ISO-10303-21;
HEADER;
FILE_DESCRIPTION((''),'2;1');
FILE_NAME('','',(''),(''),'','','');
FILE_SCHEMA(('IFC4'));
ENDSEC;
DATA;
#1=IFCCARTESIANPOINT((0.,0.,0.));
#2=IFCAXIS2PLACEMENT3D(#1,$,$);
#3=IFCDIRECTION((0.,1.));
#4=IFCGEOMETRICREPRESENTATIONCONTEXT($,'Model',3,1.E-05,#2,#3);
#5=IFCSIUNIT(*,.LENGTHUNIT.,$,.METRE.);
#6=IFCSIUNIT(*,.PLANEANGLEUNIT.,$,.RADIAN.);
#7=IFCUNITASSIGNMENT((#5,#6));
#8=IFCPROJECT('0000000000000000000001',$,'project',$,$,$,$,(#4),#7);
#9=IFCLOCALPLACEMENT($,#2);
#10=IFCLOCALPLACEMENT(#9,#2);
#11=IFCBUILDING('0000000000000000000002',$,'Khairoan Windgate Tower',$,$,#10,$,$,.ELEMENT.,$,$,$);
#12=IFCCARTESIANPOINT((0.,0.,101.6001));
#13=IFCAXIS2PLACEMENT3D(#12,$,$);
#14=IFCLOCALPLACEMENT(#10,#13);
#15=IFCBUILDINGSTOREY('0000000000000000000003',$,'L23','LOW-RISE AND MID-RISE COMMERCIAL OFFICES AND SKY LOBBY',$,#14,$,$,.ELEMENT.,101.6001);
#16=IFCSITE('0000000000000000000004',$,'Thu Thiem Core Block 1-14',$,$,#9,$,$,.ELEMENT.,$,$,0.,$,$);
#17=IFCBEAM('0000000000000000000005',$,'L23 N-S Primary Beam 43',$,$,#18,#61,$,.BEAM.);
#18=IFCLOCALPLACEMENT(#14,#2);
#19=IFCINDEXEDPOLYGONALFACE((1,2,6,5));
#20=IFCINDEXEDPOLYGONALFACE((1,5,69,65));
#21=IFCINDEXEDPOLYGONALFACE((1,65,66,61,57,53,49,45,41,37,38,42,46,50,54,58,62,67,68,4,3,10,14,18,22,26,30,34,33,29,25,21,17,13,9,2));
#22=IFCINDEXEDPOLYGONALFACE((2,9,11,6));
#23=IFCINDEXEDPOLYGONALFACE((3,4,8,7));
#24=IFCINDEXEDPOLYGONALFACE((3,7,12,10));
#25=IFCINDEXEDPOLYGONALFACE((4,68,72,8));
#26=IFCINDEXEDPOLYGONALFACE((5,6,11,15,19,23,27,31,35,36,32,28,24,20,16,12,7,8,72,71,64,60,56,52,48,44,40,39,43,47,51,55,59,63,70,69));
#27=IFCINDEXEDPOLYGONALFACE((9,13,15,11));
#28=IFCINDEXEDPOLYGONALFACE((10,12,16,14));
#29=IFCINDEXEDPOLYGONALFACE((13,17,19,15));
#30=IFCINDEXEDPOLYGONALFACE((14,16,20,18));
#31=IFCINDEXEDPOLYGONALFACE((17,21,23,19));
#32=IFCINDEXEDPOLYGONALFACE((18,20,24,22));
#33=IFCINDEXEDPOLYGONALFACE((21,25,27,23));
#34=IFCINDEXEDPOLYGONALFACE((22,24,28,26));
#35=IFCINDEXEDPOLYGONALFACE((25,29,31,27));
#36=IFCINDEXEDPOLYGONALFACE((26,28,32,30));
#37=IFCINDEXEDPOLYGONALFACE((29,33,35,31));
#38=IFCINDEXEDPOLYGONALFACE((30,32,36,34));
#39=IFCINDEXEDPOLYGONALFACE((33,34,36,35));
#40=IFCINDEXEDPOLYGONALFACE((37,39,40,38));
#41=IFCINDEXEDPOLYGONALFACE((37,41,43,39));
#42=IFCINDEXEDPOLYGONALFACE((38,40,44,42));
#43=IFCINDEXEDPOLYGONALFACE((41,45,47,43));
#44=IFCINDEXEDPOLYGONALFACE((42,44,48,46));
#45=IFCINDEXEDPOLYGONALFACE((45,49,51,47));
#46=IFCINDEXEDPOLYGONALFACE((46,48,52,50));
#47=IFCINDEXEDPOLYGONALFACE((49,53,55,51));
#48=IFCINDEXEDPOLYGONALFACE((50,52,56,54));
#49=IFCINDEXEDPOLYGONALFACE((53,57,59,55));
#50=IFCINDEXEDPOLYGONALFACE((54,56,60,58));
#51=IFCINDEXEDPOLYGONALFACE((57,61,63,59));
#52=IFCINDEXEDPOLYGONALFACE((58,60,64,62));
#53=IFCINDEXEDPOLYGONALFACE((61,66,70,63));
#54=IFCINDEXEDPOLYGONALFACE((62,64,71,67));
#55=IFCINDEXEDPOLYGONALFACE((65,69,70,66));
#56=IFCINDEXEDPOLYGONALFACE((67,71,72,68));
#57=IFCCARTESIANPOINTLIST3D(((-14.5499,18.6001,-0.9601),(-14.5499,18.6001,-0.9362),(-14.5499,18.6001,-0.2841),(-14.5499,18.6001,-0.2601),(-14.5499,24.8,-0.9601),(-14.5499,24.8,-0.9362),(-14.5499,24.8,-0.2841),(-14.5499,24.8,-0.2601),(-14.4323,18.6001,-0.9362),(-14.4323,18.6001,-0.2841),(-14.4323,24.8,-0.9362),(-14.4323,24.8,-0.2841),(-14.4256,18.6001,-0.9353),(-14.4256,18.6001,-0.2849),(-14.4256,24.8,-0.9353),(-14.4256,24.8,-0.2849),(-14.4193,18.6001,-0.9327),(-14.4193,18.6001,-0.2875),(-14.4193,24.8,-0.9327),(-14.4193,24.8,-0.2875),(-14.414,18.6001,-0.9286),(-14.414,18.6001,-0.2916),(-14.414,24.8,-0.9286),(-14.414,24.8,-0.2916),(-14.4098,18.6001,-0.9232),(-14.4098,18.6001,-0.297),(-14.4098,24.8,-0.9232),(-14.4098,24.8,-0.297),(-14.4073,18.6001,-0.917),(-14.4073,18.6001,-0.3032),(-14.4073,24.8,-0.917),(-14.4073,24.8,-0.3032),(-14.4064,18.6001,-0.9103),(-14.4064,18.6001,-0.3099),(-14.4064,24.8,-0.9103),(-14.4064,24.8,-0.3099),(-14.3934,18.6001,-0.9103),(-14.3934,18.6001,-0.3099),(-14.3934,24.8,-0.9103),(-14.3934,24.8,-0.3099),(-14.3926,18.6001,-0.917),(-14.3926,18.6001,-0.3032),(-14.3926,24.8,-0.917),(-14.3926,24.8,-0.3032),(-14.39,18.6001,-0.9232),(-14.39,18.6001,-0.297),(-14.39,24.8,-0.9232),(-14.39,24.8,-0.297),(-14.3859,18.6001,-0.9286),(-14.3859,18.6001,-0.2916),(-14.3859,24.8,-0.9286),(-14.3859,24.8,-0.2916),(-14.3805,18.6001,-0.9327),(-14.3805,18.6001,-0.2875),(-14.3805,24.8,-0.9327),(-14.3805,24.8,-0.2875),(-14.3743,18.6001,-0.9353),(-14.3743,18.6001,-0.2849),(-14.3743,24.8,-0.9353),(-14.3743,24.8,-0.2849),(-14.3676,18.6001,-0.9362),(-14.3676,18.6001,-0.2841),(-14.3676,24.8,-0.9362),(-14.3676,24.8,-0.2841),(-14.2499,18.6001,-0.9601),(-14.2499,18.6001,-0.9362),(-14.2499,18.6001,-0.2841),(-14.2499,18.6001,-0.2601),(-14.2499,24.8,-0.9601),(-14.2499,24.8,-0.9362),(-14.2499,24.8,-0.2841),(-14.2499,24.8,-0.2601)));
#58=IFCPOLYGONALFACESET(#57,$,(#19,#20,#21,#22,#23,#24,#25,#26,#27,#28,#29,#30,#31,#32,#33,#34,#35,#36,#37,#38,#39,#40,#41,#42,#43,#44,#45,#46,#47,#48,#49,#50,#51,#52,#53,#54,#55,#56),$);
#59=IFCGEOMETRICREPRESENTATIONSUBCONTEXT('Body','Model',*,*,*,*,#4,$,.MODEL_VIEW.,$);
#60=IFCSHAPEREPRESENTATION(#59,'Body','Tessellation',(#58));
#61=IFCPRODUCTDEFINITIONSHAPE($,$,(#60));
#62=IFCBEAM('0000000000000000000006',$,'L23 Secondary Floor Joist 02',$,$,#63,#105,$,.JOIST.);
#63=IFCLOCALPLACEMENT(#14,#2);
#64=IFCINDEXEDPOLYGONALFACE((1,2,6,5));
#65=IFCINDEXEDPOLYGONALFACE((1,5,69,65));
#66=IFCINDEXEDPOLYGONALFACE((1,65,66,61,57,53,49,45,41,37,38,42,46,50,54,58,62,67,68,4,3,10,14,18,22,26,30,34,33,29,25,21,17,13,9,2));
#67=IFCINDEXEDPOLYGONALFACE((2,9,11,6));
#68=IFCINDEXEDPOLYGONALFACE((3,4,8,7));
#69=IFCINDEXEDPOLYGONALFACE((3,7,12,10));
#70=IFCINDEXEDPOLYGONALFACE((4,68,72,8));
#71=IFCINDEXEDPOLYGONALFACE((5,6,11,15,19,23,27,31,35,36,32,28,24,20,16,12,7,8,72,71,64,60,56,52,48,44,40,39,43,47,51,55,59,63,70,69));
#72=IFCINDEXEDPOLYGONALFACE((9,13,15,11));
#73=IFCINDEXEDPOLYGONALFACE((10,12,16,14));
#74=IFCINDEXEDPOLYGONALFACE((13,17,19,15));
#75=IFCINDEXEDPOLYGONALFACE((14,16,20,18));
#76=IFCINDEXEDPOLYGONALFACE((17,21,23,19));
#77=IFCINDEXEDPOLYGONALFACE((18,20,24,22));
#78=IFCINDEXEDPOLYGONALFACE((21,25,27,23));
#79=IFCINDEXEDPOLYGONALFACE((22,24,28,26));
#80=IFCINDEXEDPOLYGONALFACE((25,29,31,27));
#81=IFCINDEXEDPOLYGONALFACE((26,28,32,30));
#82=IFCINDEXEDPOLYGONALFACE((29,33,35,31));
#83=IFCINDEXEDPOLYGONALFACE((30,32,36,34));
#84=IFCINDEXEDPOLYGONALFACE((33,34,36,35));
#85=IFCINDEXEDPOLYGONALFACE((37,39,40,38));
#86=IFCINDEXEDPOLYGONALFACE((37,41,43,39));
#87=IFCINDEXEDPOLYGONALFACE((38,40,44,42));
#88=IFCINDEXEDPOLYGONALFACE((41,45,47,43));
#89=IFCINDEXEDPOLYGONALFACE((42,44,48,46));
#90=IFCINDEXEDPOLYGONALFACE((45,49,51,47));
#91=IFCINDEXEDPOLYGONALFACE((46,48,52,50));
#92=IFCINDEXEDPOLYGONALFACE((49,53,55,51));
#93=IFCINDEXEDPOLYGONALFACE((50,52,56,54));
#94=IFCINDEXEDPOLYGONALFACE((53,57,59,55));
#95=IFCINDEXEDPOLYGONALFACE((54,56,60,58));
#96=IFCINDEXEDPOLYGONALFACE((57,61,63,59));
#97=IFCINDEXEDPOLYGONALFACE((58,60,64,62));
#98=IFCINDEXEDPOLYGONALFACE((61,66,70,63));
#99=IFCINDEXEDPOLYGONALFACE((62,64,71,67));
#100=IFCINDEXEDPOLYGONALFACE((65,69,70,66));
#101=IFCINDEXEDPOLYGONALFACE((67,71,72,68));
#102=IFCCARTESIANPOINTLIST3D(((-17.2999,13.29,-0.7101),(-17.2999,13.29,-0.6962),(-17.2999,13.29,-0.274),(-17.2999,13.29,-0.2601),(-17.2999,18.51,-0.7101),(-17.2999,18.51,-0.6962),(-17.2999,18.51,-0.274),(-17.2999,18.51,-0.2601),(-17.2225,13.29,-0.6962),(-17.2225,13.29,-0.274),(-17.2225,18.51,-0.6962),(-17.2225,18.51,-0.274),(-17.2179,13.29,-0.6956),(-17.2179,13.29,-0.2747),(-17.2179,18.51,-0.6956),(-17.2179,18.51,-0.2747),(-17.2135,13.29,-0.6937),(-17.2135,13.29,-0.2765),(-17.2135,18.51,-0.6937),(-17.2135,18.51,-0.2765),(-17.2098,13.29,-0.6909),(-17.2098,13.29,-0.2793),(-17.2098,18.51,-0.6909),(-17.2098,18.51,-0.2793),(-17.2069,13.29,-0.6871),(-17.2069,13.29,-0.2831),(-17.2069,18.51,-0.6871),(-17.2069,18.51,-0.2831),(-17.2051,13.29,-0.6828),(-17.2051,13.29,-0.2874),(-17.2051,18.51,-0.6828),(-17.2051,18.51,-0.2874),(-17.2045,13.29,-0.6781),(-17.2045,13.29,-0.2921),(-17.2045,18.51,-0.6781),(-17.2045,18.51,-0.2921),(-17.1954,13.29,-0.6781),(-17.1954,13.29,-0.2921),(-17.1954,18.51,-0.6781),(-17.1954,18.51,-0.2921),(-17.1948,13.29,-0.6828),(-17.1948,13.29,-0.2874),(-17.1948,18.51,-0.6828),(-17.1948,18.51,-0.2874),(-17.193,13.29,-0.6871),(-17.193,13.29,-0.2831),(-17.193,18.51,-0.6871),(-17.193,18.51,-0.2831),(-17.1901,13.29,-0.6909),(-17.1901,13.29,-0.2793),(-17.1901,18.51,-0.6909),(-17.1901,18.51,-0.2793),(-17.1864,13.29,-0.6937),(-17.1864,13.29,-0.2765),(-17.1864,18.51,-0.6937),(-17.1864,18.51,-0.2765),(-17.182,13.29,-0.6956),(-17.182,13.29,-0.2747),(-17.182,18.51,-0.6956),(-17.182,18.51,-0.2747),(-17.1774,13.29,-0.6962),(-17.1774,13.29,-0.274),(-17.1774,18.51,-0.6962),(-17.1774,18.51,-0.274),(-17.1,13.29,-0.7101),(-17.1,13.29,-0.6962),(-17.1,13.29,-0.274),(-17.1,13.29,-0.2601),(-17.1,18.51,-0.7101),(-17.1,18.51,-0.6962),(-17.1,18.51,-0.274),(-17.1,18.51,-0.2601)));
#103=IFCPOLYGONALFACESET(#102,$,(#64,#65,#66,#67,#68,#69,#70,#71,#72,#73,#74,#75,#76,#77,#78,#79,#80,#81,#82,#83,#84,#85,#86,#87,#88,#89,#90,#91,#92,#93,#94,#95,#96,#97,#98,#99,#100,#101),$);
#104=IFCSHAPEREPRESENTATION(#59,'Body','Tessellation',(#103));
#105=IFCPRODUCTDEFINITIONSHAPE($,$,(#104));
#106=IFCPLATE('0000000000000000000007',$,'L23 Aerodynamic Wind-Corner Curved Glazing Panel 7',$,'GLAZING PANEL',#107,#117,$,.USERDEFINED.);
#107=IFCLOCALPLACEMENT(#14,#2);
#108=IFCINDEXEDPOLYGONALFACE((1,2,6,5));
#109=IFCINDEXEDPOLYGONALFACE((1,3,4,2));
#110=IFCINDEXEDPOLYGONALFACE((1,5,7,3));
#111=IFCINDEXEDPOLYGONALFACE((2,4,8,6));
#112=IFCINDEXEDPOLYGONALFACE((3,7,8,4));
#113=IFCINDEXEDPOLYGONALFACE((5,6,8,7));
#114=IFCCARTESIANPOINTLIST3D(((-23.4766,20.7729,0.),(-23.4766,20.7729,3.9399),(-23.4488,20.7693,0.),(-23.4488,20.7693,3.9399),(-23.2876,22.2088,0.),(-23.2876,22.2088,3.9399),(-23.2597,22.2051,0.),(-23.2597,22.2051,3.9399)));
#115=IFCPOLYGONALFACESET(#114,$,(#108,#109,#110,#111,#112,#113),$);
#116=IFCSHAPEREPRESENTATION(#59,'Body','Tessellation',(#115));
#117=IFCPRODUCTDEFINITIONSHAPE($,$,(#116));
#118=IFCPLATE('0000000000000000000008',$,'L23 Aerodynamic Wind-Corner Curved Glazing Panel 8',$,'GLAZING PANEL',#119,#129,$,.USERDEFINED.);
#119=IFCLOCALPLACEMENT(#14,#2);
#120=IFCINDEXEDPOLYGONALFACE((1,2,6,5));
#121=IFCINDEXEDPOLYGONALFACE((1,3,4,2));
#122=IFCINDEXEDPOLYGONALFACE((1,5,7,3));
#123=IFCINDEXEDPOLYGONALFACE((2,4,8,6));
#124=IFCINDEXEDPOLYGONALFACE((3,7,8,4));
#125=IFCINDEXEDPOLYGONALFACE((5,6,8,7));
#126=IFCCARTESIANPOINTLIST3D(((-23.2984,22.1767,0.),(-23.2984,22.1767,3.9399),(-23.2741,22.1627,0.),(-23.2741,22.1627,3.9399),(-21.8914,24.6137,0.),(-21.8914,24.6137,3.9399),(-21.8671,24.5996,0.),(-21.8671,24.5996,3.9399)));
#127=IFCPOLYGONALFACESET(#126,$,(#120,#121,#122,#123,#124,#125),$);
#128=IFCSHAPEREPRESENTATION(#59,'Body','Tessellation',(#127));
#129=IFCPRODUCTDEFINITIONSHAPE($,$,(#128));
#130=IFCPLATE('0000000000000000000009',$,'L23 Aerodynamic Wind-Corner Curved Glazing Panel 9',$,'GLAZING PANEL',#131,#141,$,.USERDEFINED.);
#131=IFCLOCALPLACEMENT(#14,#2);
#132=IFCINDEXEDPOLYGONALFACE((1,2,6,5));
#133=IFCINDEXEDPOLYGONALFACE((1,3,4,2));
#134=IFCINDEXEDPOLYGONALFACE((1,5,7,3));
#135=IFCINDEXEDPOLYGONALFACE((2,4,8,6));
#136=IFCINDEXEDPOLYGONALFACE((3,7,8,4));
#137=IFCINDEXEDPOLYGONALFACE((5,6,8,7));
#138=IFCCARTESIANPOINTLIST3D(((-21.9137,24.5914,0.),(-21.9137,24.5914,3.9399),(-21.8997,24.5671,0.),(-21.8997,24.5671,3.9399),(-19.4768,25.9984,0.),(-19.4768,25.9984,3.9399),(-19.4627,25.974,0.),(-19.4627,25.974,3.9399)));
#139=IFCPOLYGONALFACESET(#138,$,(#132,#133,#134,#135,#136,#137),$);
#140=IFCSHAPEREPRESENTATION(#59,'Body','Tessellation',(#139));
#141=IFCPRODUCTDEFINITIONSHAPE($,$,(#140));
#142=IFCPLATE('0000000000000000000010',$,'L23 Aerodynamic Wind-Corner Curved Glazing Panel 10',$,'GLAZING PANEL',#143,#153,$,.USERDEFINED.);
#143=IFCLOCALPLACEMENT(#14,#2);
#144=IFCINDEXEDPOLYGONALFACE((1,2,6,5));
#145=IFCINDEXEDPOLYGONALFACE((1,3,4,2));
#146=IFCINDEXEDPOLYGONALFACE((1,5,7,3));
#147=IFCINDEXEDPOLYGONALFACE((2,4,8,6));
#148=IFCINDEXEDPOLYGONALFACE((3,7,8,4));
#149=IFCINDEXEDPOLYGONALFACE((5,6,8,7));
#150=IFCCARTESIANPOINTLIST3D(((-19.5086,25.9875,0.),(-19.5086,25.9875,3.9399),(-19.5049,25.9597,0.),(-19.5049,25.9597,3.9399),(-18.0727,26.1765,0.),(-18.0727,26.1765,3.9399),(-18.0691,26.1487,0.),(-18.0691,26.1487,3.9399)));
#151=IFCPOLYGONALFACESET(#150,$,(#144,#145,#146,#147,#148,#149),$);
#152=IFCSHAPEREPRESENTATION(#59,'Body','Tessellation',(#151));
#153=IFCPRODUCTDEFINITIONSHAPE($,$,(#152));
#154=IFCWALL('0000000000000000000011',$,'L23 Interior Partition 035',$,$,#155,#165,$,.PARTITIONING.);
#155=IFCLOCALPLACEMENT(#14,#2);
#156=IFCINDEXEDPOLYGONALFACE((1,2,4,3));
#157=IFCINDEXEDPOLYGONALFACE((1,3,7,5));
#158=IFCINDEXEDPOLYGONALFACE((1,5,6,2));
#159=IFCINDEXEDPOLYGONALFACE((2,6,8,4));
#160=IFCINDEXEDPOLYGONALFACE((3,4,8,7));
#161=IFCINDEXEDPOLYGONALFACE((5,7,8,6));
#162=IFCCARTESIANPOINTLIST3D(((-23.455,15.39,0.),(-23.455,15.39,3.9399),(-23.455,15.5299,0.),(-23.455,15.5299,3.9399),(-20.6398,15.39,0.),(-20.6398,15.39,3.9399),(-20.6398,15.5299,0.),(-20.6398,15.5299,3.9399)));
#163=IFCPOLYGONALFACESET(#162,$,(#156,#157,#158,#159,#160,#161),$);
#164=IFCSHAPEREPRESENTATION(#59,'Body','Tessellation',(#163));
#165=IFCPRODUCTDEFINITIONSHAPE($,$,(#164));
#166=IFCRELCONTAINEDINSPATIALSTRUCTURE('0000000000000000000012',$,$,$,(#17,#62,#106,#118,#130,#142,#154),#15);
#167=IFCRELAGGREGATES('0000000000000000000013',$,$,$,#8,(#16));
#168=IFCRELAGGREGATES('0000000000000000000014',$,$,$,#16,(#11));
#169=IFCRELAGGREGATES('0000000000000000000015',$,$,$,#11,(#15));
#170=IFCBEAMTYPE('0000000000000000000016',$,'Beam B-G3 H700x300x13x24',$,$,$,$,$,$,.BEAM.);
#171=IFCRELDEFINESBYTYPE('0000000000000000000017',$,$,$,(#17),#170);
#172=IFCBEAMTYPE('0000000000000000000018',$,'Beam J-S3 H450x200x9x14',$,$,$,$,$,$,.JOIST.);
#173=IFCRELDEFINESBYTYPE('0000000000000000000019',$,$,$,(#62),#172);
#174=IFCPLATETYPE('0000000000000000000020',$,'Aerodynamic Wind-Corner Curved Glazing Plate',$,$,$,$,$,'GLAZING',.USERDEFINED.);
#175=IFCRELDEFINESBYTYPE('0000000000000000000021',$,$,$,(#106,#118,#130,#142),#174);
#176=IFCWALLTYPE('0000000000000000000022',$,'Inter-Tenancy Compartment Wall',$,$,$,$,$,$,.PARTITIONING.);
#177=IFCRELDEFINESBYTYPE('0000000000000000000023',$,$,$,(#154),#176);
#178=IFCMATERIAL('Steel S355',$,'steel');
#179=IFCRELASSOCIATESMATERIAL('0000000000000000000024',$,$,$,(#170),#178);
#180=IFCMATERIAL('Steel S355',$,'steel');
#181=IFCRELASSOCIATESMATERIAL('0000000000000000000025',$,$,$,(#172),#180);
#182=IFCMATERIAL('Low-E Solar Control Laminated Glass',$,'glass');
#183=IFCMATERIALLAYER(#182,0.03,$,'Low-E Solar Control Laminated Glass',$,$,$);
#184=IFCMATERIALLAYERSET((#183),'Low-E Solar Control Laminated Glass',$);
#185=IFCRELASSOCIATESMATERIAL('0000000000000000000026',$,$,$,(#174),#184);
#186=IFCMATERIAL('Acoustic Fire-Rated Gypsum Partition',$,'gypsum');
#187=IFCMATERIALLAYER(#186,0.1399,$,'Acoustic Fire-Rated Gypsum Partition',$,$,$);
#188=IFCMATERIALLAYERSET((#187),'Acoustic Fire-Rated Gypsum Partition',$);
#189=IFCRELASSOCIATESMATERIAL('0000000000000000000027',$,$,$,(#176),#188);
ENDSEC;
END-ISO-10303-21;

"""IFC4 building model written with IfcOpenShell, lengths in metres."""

from ifc_helpers import new_model, si_unit, direction, frame, frame_2d, origin, origin_2d, place, context, subcontext, project, spatial, rectangle, i_section, extrude, material, layer, layer_set, material_profile, profile_set, type_object, element, save


model = new_model("IFC4")

# Units and contexts
model_context = context("Model", 3, precision=1e-05, world=origin(), true_north=direction((0.0, 1.0)))
body_context = subcontext(model_context, "Body", "Model", "MODEL_VIEW")
ifc_project = project(units=[si_unit("LENGTHUNIT", "METRE"), si_unit("PLANEANGLEUNIT", "RADIAN")], contexts=[model_context])

# Site, building, storey
site_placement = place(None, origin())
site = spatial("IfcSite", under=ifc_project, at=site_placement, Name="Thu Thiem Core Block 1-14", CompositionType="ELEMENT", RefElevation=0.0)
building_placement = place(site_placement, origin())
building = spatial("IfcBuilding", under=site, at=building_placement, Name="Khairoan Windgate Tower", CompositionType="ELEMENT")
storey_placement = place(building_placement, frame((0.0, 0.0, 101.6001)))
storey = spatial("IfcBuildingStorey", under=building, at=storey_placement, Name="L23", Description="LOW-RISE AND MID-RISE COMMERCIAL OFFICES AND SKY LOBBY", CompositionType="ELEMENT", Elevation=101.6001)

# Beams
ifc_material_1 = material(Name="Steel S355", Category="steel")
ifc_material_profile_1 = material_profile(ifc_material_1, i_section(OverallWidth=0.3, OverallDepth=0.7, WebThickness=0.0129, FlangeThickness=0.0239, FilletRadius=0.0259, at=origin_2d()))
ifc_profile_set_1 = profile_set([ifc_material_profile_1], Name="Steel S355")
beam_type_1 = type_object("IfcBeamType", Name="Beam B-G3 H700x300x13x24", PredefinedType="BEAM", material=ifc_profile_set_1)
beam_1_placement = place(storey_placement, frame((-14.3999, 18.6001, -0.6101), z_axis=(0.0, 1.0, 0.0), x_axis=(-1.0, 0.0, 0.0)))
element("IfcBeam", 1, at=beam_1_placement, inside=storey, type_object=beam_type_1, Name="L23 N-S Primary Beam 43", PredefinedType="BEAM", context=body_context, shape_type="SweptSolid", body=[
    extrude(i_section(OverallWidth=0.3, OverallDepth=0.7, WebThickness=0.0129, FlangeThickness=0.0239, FilletRadius=0.0259, at=origin_2d()), origin(), (0.0, 0.0, 1.0), 6.2),
])
ifc_material_2 = material(Name="Steel S355", Category="steel")
ifc_material_profile_2 = material_profile(ifc_material_2, i_section(OverallWidth=0.2, OverallDepth=0.45, WebThickness=0.009, FlangeThickness=0.0139, FilletRadius=0.0181, at=origin_2d()))
ifc_profile_set_2 = profile_set([ifc_material_profile_2], Name="Steel S355")
beam_type_2 = type_object("IfcBeamType", Name="Beam J-S3 H450x200x9x14", PredefinedType="JOIST", material=ifc_profile_set_2)
beam_2_placement = place(storey_placement, frame((-17.2, 13.29, -0.4851), z_axis=(0.0, 1.0, 0.0), x_axis=(-1.0, 0.0, 0.0)))
element("IfcBeam", 2, at=beam_2_placement, inside=storey, type_object=beam_type_2, Name="L23 Secondary Floor Joist 02", PredefinedType="JOIST", context=body_context, shape_type="SweptSolid", body=[
    extrude(i_section(OverallWidth=0.2, OverallDepth=0.45, WebThickness=0.009, FlangeThickness=0.0139, FilletRadius=0.0181, at=origin_2d()), origin(), (0.0, 0.0, 1.0), 5.22),
])

# Plates
ifc_material_3 = material(Name="Low-E Solar Control Laminated Glass", Category="glass")
ifc_layer_1 = layer(ifc_material_3, 0.03, Name="Low-E Solar Control Laminated Glass")
ifc_layer_set_1 = layer_set([ifc_layer_1], Name="Low-E Solar Control Laminated Glass")
plate_type_1 = type_object("IfcPlateType", Name="Aerodynamic Wind-Corner Curved Glazing Plate", ElementType="GLAZING", PredefinedType="USERDEFINED", material=ifc_layer_set_1)
plate_1_placement = place(storey_placement, frame((-23.3682, 21.489, 0.0), z_axis=(0.0, 0.0, 1.0), x_axis=(0.130526, 0.991445, 0.0)))
element("IfcPlate", 3, at=plate_1_placement, inside=storey, type_object=plate_type_1, Name="L23 Aerodynamic Wind-Corner Curved Glazing Panel 7", ObjectType="GLAZING PANEL", PredefinedType="USERDEFINED", context=body_context, shape_type="SweptSolid", body=[
    extrude(rectangle(XDim=1.4482, YDim=0.0281, at=origin_2d()), origin(), (0.0, 0.0, 1.0), 3.9399),
])
for number, where, z_axis, x_axis, name in (
    (4, (-22.5828, 23.3882, 0.0), (0.0, 0.0, 1.0), (0.5, 0.866025, 0.0), "L23 Aerodynamic Wind-Corner Curved Glazing Panel 8"),
    (5, (-20.6882, 25.2827, 0.0), (0.0, 0.0, 1.0), (0.866025, 0.5, 0.0), "L23 Aerodynamic Wind-Corner Curved Glazing Panel 9"),
):
    element("IfcPlate", number, at=place(storey_placement, frame(where, z_axis=z_axis, x_axis=x_axis)), inside=storey, type_object=plate_type_1, Name=name, ObjectType="GLAZING PANEL", PredefinedType="USERDEFINED", context=body_context, shape_type="SweptSolid", body=[
        extrude(rectangle(XDim=2.814, YDim=0.0281, at=origin_2d()), origin(), (0.0, 0.0, 1.0), 3.9399),
    ])
plate_2_placement = place(storey_placement, frame((-18.7888, 26.0681, 0.0), z_axis=(0.0, 0.0, 1.0), x_axis=(0.991445, 0.130526, 0.0)))
element("IfcPlate", 6, at=plate_2_placement, inside=storey, type_object=plate_type_1, Name="L23 Aerodynamic Wind-Corner Curved Glazing Panel 10", ObjectType="GLAZING PANEL", PredefinedType="USERDEFINED", context=body_context, shape_type="SweptSolid", body=[
    extrude(rectangle(XDim=1.4482, YDim=0.0281, at=origin_2d()), origin(), (0.0, 0.0, 1.0), 3.9399),
])

# Wall
ifc_material_4 = material(Name="Acoustic Fire-Rated Gypsum Partition", Category="gypsum")
ifc_layer_2 = layer(ifc_material_4, 0.1399, Name="Acoustic Fire-Rated Gypsum Partition")
ifc_layer_set_2 = layer_set([ifc_layer_2], Name="Acoustic Fire-Rated Gypsum Partition")
wall_type_1 = type_object("IfcWallType", Name="Inter-Tenancy Compartment Wall", PredefinedType="PARTITIONING", material=ifc_layer_set_2)
wall_1_placement = place(storey_placement, frame((-23.4551, 15.46, 0.0), z_axis=(0.0, 0.0, 1.0), x_axis=(1.0, 0.0, 0.0)))
element("IfcWall", 7, at=wall_1_placement, inside=storey, type_object=wall_type_1, Name="L23 Interior Partition 035", PredefinedType="PARTITIONING", context=body_context, shape_type="SweptSolid", body=[
    extrude(rectangle(XDim=2.8152, YDim=0.1399, at=frame_2d((1.4077, 0.0))), origin(), (0.0, 0.0, 1.0), 3.9399),
])

save(model, "model.ifc")
